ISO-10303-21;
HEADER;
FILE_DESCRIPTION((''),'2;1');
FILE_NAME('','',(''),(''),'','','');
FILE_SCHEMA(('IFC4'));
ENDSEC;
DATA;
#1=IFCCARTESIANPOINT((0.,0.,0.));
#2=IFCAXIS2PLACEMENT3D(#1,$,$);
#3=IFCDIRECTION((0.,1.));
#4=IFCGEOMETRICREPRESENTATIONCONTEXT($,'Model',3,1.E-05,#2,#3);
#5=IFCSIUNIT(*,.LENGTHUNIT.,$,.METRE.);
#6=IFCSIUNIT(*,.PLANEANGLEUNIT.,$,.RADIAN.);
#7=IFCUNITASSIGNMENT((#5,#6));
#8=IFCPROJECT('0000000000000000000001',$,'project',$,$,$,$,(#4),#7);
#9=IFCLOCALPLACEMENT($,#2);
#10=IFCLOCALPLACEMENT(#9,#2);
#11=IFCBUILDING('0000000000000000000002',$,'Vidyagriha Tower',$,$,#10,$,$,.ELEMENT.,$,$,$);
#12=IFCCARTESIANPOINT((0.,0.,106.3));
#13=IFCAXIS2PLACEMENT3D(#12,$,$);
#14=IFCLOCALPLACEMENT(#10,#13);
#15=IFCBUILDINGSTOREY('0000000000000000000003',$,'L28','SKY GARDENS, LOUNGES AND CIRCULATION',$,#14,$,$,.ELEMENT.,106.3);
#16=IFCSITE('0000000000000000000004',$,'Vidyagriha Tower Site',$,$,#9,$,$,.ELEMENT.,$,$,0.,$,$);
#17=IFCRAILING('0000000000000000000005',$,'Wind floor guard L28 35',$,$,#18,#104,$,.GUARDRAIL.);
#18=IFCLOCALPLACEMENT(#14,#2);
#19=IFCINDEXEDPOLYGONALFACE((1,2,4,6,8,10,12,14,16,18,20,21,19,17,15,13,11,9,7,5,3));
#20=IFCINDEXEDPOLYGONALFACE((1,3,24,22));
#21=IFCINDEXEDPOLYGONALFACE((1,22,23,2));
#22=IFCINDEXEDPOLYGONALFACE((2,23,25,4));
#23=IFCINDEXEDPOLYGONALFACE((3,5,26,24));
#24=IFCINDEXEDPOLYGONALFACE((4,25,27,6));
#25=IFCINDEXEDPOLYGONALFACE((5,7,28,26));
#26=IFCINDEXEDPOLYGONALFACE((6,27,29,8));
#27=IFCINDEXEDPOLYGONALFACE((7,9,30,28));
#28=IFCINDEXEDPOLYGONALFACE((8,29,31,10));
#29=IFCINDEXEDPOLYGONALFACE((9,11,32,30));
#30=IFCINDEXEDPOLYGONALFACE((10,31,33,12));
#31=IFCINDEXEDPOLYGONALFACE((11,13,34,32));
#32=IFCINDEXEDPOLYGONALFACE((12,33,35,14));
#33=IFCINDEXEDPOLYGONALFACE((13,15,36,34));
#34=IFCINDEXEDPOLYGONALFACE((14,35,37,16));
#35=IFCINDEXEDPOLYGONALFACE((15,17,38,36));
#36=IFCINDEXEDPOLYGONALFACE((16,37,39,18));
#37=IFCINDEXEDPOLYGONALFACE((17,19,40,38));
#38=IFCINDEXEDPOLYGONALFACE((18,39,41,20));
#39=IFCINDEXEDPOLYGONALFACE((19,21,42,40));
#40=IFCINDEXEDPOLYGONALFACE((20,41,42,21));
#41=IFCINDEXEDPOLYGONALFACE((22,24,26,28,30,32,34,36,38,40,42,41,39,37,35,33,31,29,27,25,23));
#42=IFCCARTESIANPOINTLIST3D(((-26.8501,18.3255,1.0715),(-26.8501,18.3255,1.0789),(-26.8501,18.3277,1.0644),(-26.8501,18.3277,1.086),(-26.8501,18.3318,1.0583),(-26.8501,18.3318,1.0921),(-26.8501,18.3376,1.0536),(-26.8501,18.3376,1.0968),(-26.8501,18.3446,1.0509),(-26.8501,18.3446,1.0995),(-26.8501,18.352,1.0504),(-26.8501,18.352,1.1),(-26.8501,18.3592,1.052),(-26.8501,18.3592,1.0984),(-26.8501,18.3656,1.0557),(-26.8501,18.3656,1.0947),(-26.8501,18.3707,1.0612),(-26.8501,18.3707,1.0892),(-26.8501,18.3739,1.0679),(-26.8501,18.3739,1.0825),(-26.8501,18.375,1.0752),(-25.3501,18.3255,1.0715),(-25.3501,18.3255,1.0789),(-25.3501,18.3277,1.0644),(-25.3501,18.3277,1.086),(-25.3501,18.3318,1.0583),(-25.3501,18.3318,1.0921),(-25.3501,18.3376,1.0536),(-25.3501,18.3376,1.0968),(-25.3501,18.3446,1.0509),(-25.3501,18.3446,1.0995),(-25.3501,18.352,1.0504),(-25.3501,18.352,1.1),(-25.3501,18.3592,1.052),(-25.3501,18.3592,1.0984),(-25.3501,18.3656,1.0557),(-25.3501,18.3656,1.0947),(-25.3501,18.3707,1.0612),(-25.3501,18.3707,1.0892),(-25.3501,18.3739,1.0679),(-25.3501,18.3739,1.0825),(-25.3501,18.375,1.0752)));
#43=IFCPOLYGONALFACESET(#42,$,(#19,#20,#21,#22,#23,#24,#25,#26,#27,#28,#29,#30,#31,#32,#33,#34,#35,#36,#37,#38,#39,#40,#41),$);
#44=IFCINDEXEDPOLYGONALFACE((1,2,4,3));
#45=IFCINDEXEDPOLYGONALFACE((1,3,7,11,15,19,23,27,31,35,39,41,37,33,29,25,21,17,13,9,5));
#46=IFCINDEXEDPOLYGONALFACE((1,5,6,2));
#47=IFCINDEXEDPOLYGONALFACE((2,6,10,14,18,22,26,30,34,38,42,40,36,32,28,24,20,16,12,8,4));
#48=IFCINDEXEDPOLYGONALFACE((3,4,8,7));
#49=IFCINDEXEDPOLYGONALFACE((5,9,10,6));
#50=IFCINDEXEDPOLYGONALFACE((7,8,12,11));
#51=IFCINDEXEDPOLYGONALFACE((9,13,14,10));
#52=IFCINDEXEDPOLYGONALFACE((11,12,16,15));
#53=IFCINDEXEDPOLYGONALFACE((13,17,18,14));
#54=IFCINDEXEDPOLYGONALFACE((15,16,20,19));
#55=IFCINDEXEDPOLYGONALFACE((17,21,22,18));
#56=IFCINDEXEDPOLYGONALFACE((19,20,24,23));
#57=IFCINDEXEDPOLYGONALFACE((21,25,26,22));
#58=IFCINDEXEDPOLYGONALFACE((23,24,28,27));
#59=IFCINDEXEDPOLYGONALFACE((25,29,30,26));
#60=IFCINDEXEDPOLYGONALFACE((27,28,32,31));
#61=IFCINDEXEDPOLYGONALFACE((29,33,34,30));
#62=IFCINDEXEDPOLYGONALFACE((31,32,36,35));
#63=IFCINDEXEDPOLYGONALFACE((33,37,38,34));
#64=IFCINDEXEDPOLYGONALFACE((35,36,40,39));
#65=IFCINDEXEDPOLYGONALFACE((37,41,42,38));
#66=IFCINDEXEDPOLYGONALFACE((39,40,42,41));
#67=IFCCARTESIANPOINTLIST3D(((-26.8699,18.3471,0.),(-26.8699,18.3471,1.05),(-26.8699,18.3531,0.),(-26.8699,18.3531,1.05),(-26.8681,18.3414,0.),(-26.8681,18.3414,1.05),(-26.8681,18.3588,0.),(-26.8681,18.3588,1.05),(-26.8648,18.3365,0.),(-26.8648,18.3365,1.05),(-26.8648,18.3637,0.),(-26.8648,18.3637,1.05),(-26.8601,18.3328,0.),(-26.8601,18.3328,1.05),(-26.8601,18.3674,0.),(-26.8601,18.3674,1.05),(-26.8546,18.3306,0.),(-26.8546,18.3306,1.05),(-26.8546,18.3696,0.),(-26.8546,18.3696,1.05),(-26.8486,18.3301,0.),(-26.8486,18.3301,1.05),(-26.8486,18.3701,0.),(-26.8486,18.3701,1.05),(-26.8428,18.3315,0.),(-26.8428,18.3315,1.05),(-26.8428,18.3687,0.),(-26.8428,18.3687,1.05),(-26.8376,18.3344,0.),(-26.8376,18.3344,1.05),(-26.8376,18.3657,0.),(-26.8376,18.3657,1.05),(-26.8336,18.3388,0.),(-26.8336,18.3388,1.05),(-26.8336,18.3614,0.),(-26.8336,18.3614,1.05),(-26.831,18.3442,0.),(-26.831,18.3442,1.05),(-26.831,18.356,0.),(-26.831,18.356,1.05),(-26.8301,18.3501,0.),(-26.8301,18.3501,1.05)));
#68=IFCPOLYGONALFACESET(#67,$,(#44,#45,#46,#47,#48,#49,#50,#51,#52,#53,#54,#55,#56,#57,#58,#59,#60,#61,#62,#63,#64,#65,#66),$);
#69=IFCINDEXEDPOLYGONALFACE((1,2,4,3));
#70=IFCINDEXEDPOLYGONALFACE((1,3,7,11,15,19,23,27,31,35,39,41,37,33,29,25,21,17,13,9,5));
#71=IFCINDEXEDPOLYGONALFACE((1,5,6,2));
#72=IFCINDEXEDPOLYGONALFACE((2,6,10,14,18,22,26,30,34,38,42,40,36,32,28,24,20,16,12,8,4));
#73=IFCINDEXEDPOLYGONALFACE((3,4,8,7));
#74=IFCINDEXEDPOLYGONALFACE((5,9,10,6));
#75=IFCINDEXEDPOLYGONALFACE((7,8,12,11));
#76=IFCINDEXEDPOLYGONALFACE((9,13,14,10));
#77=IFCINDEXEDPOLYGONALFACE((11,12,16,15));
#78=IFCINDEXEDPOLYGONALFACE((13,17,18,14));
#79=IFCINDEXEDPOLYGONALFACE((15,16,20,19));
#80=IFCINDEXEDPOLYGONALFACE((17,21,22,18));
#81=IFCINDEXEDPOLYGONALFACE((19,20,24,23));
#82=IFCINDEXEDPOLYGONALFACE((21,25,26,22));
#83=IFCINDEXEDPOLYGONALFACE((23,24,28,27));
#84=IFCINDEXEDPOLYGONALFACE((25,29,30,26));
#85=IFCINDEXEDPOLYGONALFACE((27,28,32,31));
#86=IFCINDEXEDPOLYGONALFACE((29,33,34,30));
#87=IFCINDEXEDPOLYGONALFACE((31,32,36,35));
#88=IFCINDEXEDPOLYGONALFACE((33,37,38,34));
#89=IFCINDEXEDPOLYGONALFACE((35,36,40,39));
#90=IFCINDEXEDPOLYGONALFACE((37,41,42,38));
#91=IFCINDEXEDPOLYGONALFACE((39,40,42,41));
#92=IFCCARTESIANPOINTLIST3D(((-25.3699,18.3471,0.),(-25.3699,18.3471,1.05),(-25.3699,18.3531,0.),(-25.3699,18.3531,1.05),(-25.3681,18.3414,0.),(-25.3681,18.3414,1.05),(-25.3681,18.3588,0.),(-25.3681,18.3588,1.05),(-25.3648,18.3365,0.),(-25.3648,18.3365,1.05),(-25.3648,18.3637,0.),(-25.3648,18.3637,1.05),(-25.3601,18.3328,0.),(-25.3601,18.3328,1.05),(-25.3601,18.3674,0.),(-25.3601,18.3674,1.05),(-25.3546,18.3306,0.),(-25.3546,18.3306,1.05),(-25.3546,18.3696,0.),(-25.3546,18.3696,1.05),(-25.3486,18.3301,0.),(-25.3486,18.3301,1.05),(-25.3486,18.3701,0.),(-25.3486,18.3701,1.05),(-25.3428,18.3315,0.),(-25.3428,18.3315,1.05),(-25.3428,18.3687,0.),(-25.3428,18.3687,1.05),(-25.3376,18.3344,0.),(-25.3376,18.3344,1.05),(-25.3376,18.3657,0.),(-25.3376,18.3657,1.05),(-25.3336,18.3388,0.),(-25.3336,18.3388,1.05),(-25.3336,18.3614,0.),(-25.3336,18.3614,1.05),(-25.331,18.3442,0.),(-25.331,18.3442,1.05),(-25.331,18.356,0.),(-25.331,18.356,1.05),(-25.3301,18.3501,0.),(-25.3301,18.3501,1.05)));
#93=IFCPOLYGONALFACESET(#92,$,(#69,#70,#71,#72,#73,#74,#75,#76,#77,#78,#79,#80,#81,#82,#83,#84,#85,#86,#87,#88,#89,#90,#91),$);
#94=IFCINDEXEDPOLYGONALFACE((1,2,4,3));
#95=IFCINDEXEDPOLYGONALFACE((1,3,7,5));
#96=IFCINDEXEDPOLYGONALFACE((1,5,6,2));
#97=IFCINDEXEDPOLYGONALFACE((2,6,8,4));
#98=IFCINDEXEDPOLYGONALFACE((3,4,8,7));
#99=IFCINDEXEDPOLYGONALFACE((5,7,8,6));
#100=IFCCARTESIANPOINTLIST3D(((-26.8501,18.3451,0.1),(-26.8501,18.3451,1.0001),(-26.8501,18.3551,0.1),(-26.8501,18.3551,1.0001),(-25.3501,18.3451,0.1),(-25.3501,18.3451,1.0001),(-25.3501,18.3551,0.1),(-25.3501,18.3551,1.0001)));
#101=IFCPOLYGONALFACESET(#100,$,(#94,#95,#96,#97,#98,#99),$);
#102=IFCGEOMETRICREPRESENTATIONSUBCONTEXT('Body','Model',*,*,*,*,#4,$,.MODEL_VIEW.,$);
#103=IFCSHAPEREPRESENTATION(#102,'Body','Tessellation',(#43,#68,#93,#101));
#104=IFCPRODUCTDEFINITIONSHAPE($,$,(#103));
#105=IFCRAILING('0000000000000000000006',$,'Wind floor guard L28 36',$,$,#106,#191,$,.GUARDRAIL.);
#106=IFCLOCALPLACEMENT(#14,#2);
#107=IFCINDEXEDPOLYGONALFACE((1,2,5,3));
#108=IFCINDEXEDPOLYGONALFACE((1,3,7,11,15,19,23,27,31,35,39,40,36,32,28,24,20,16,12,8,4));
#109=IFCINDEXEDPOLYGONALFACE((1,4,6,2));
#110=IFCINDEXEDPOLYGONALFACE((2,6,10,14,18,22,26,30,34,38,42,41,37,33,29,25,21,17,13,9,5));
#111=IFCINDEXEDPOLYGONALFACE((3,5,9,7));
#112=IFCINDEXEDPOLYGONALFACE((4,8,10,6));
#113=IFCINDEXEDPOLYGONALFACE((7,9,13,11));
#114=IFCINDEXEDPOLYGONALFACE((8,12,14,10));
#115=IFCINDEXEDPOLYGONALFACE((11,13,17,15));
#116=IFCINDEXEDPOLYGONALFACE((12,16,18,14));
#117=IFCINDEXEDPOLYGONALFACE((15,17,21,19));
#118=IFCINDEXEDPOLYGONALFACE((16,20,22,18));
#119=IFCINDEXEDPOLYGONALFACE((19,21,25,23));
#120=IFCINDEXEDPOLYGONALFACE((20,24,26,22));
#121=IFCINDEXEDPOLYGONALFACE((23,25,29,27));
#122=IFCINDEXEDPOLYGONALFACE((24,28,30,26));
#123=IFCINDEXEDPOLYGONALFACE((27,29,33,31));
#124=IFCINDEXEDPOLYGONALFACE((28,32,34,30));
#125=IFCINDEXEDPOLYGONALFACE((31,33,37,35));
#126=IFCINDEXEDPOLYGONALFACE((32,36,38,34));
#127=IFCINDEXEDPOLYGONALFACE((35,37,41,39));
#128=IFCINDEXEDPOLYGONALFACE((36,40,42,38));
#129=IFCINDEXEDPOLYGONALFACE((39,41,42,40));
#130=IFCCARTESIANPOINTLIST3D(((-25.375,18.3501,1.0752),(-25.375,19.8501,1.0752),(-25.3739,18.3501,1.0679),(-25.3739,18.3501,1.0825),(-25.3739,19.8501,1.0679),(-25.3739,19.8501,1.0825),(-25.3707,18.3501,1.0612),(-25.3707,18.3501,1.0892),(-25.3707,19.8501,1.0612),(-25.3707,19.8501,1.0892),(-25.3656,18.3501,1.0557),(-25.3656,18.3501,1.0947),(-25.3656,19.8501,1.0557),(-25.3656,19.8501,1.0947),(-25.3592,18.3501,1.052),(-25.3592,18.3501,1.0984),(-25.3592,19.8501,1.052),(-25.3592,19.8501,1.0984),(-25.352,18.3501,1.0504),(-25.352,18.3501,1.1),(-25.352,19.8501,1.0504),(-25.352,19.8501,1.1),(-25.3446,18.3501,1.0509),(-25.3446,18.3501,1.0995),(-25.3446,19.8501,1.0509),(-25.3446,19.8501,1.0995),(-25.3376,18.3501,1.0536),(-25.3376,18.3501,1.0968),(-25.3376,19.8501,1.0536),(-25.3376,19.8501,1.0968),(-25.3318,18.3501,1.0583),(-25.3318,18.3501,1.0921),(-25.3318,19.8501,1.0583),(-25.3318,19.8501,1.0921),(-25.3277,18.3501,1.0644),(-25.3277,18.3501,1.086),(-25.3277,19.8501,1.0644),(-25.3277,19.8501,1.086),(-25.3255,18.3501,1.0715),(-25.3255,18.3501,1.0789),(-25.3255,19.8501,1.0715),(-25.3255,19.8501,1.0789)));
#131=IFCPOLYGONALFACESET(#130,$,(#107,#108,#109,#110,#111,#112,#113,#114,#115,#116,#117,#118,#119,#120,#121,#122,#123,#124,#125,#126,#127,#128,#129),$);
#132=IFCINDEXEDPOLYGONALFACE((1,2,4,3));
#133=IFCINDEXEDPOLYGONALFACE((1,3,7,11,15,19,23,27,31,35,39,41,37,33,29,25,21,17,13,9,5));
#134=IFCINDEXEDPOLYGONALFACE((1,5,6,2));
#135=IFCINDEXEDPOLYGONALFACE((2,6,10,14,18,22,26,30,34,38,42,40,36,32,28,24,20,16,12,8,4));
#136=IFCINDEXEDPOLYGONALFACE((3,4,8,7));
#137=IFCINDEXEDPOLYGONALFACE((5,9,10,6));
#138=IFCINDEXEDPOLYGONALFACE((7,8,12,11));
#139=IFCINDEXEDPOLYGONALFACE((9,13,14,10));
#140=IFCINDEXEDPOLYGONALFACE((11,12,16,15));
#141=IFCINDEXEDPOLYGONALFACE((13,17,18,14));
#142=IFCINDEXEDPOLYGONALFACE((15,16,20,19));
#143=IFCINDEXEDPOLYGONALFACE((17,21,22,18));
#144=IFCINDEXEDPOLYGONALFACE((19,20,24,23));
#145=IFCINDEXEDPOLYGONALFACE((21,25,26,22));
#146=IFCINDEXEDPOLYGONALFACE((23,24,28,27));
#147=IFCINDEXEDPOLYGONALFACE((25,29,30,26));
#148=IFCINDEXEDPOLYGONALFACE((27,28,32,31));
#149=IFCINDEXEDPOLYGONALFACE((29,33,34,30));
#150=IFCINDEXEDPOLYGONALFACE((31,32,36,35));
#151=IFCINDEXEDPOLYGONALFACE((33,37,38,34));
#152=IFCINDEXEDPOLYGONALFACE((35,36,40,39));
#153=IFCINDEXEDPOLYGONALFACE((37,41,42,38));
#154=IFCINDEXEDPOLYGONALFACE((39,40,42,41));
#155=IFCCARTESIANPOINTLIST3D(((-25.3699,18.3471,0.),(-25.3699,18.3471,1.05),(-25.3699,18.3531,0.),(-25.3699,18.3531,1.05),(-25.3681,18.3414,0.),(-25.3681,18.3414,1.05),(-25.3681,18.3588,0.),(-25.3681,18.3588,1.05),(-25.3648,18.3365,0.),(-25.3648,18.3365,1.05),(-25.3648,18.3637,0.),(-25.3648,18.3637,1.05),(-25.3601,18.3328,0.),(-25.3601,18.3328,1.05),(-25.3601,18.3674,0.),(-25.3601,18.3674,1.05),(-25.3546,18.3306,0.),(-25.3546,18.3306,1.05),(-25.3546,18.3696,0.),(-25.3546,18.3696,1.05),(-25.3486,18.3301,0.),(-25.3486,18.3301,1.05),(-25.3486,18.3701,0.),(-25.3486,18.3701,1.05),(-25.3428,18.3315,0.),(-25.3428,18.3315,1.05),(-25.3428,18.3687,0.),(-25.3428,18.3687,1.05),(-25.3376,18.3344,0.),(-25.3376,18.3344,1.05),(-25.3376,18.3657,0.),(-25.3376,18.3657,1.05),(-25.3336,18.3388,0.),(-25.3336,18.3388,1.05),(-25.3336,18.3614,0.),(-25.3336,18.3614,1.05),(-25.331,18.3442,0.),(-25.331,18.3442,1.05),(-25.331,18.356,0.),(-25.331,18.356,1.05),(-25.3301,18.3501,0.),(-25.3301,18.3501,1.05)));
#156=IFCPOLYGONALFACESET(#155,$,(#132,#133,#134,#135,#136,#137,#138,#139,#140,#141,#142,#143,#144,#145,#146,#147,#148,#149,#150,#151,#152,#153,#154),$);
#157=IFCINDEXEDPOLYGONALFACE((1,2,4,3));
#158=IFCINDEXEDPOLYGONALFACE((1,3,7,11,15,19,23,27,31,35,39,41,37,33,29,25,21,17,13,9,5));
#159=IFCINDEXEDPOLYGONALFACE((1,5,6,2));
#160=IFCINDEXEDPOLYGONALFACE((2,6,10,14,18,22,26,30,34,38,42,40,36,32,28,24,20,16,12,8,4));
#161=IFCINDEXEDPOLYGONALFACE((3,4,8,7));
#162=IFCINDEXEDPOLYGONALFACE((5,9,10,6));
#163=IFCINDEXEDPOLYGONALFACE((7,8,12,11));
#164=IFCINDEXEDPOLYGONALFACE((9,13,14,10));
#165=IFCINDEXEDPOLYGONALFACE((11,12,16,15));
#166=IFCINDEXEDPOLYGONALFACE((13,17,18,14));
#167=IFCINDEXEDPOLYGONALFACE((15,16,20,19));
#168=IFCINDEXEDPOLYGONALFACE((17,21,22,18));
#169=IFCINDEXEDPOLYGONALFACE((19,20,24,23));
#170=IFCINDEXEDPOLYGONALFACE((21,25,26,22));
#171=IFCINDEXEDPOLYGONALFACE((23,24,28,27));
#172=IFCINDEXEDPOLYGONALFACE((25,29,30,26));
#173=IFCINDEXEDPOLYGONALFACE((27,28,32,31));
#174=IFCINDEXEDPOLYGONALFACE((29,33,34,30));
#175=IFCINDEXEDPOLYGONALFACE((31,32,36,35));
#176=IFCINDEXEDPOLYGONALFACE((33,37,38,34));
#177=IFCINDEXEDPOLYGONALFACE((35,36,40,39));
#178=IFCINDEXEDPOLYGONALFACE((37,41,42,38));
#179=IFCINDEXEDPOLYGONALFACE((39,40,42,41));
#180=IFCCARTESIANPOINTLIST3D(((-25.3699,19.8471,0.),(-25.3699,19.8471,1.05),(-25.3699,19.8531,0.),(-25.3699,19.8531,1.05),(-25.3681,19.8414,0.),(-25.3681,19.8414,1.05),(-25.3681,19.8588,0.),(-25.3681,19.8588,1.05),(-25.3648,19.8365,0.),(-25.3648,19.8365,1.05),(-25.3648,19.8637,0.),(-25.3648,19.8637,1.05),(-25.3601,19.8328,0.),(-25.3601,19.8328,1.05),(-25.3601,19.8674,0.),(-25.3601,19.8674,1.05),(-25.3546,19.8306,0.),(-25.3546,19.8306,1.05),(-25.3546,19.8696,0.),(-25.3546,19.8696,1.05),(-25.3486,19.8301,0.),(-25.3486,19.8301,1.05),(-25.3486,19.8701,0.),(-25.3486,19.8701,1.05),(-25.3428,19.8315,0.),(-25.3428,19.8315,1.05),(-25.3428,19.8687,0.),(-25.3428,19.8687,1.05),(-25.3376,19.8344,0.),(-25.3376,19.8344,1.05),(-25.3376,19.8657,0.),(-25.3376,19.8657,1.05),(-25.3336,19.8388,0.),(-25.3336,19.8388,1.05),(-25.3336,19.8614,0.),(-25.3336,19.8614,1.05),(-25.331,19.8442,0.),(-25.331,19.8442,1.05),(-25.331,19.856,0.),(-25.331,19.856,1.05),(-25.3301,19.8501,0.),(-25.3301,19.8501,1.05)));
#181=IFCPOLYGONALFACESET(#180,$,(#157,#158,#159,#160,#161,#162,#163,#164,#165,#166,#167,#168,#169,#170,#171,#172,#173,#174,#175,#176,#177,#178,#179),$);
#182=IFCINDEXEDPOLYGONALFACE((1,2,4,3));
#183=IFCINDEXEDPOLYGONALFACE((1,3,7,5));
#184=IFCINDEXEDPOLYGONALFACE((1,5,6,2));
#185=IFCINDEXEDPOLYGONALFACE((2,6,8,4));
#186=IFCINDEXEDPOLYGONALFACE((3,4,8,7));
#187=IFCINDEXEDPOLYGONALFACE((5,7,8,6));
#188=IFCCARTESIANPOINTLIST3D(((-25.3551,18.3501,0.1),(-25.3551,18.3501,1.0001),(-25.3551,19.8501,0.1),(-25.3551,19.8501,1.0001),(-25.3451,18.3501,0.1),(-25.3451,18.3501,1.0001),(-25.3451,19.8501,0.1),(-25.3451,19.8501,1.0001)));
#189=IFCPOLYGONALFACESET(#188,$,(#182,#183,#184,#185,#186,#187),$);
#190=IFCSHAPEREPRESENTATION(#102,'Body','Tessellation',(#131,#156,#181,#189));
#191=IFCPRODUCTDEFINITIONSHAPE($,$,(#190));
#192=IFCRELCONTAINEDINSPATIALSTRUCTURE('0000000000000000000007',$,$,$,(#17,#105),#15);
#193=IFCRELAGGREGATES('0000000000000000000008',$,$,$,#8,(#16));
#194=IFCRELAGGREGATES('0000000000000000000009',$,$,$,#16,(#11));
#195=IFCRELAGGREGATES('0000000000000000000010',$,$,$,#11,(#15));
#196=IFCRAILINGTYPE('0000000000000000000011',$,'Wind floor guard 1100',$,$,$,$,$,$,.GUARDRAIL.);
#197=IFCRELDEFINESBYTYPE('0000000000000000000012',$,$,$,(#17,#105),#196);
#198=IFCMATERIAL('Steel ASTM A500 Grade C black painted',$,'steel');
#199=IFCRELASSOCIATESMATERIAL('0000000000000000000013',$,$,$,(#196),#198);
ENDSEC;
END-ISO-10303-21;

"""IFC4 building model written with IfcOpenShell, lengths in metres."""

from ifc_helpers import new_model, si_unit, direction, frame, origin, origin_2d, place, context, subcontext, project, spatial, rectangle, circle, extrude, material, type_object, element, save


model = new_model("IFC4")

# Units and contexts
model_context = context("Model", 3, precision=1e-05, world=origin(), true_north=direction((0.0, 1.0)))
body_context = subcontext(model_context, "Body", "Model", "MODEL_VIEW")
ifc_project = project(units=[si_unit("LENGTHUNIT", "METRE"), si_unit("PLANEANGLEUNIT", "RADIAN")], contexts=[model_context])

# Site, building, storey
site_placement = place(None, origin())
site = spatial("IfcSite", under=ifc_project, at=site_placement, Name="Vidyagriha Tower Site", CompositionType="ELEMENT", RefElevation=0.0)
building_placement = place(site_placement, origin())
building = spatial("IfcBuilding", under=site, at=building_placement, Name="Vidyagriha Tower", CompositionType="ELEMENT")
storey_placement = place(building_placement, frame((0.0, 0.0, 106.3)))
storey = spatial("IfcBuildingStorey", under=building, at=storey_placement, Name="L28", Description="SKY GARDENS, LOUNGES AND CIRCULATION", CompositionType="ELEMENT", Elevation=106.3)

# Railings
ifc_material_1 = material(Name="Steel ASTM A500 Grade C black painted", Category="steel")
railing_type_1 = type_object("IfcRailingType", Name="Wind floor guard 1100", PredefinedType="GUARDRAIL", material=ifc_material_1)
railing_1_placement = place(storey_placement, frame((-26.8501, 18.3501, 0.0)))
element("IfcRailing", 1, at=railing_1_placement, inside=storey, type_object=railing_type_1, Name="Wind floor guard L28 35", PredefinedType="GUARDRAIL", context=body_context, shape_type="SweptSolid", body=[
    extrude(circle(Radius=0.0249, at=origin_2d()), frame((0.0, 0.0, 1.0752), z_axis=(1.0, 0.0, 0.0), x_axis=(0.0, 1.0, 0.0)), (0.0, 0.0, 1.0), 1.5),
    extrude(circle(Radius=0.02, at=origin_2d()), origin(), (0.0, 0.0, 1.0), 1.05),
    extrude(circle(Radius=0.02, at=origin_2d()), frame((1.5, 0.0, 0.0)), (0.0, 0.0, 1.0), 1.05),
    extrude(rectangle(XDim=0.01, YDim=0.9001, at=origin_2d()), frame((0.0, 0.0, 0.55), z_axis=(1.0, 0.0, 0.0), x_axis=(0.0, 1.0, 0.0)), (0.0, 0.0, 1.0), 1.5),
])
railing_2_placement = place(storey_placement, frame((-25.3501, 18.3501, 0.0)))
element("IfcRailing", 2, at=railing_2_placement, inside=storey, type_object=railing_type_1, Name="Wind floor guard L28 36", PredefinedType="GUARDRAIL", context=body_context, shape_type="SweptSolid", body=[
    extrude(circle(Radius=0.0249, at=origin_2d()), frame((0.0, 0.0, 1.0752), z_axis=(0.0, 1.0, 0.0), x_axis=(-1.0, 0.0, 0.0)), (0.0, 0.0, 1.0), 1.5),
    extrude(circle(Radius=0.02, at=origin_2d()), origin(), (0.0, 0.0, 1.0), 1.05),
    extrude(circle(Radius=0.02, at=origin_2d()), frame((0.0, 1.5, 0.0)), (0.0, 0.0, 1.0), 1.05),
    extrude(rectangle(XDim=0.01, YDim=0.9001, at=origin_2d()), frame((0.0, 0.0, 0.55), z_axis=(0.0, 1.0, 0.0), x_axis=(-1.0, 0.0, 0.0)), (0.0, 0.0, 1.0), 1.5),
])

save(model, "model.ifc")
